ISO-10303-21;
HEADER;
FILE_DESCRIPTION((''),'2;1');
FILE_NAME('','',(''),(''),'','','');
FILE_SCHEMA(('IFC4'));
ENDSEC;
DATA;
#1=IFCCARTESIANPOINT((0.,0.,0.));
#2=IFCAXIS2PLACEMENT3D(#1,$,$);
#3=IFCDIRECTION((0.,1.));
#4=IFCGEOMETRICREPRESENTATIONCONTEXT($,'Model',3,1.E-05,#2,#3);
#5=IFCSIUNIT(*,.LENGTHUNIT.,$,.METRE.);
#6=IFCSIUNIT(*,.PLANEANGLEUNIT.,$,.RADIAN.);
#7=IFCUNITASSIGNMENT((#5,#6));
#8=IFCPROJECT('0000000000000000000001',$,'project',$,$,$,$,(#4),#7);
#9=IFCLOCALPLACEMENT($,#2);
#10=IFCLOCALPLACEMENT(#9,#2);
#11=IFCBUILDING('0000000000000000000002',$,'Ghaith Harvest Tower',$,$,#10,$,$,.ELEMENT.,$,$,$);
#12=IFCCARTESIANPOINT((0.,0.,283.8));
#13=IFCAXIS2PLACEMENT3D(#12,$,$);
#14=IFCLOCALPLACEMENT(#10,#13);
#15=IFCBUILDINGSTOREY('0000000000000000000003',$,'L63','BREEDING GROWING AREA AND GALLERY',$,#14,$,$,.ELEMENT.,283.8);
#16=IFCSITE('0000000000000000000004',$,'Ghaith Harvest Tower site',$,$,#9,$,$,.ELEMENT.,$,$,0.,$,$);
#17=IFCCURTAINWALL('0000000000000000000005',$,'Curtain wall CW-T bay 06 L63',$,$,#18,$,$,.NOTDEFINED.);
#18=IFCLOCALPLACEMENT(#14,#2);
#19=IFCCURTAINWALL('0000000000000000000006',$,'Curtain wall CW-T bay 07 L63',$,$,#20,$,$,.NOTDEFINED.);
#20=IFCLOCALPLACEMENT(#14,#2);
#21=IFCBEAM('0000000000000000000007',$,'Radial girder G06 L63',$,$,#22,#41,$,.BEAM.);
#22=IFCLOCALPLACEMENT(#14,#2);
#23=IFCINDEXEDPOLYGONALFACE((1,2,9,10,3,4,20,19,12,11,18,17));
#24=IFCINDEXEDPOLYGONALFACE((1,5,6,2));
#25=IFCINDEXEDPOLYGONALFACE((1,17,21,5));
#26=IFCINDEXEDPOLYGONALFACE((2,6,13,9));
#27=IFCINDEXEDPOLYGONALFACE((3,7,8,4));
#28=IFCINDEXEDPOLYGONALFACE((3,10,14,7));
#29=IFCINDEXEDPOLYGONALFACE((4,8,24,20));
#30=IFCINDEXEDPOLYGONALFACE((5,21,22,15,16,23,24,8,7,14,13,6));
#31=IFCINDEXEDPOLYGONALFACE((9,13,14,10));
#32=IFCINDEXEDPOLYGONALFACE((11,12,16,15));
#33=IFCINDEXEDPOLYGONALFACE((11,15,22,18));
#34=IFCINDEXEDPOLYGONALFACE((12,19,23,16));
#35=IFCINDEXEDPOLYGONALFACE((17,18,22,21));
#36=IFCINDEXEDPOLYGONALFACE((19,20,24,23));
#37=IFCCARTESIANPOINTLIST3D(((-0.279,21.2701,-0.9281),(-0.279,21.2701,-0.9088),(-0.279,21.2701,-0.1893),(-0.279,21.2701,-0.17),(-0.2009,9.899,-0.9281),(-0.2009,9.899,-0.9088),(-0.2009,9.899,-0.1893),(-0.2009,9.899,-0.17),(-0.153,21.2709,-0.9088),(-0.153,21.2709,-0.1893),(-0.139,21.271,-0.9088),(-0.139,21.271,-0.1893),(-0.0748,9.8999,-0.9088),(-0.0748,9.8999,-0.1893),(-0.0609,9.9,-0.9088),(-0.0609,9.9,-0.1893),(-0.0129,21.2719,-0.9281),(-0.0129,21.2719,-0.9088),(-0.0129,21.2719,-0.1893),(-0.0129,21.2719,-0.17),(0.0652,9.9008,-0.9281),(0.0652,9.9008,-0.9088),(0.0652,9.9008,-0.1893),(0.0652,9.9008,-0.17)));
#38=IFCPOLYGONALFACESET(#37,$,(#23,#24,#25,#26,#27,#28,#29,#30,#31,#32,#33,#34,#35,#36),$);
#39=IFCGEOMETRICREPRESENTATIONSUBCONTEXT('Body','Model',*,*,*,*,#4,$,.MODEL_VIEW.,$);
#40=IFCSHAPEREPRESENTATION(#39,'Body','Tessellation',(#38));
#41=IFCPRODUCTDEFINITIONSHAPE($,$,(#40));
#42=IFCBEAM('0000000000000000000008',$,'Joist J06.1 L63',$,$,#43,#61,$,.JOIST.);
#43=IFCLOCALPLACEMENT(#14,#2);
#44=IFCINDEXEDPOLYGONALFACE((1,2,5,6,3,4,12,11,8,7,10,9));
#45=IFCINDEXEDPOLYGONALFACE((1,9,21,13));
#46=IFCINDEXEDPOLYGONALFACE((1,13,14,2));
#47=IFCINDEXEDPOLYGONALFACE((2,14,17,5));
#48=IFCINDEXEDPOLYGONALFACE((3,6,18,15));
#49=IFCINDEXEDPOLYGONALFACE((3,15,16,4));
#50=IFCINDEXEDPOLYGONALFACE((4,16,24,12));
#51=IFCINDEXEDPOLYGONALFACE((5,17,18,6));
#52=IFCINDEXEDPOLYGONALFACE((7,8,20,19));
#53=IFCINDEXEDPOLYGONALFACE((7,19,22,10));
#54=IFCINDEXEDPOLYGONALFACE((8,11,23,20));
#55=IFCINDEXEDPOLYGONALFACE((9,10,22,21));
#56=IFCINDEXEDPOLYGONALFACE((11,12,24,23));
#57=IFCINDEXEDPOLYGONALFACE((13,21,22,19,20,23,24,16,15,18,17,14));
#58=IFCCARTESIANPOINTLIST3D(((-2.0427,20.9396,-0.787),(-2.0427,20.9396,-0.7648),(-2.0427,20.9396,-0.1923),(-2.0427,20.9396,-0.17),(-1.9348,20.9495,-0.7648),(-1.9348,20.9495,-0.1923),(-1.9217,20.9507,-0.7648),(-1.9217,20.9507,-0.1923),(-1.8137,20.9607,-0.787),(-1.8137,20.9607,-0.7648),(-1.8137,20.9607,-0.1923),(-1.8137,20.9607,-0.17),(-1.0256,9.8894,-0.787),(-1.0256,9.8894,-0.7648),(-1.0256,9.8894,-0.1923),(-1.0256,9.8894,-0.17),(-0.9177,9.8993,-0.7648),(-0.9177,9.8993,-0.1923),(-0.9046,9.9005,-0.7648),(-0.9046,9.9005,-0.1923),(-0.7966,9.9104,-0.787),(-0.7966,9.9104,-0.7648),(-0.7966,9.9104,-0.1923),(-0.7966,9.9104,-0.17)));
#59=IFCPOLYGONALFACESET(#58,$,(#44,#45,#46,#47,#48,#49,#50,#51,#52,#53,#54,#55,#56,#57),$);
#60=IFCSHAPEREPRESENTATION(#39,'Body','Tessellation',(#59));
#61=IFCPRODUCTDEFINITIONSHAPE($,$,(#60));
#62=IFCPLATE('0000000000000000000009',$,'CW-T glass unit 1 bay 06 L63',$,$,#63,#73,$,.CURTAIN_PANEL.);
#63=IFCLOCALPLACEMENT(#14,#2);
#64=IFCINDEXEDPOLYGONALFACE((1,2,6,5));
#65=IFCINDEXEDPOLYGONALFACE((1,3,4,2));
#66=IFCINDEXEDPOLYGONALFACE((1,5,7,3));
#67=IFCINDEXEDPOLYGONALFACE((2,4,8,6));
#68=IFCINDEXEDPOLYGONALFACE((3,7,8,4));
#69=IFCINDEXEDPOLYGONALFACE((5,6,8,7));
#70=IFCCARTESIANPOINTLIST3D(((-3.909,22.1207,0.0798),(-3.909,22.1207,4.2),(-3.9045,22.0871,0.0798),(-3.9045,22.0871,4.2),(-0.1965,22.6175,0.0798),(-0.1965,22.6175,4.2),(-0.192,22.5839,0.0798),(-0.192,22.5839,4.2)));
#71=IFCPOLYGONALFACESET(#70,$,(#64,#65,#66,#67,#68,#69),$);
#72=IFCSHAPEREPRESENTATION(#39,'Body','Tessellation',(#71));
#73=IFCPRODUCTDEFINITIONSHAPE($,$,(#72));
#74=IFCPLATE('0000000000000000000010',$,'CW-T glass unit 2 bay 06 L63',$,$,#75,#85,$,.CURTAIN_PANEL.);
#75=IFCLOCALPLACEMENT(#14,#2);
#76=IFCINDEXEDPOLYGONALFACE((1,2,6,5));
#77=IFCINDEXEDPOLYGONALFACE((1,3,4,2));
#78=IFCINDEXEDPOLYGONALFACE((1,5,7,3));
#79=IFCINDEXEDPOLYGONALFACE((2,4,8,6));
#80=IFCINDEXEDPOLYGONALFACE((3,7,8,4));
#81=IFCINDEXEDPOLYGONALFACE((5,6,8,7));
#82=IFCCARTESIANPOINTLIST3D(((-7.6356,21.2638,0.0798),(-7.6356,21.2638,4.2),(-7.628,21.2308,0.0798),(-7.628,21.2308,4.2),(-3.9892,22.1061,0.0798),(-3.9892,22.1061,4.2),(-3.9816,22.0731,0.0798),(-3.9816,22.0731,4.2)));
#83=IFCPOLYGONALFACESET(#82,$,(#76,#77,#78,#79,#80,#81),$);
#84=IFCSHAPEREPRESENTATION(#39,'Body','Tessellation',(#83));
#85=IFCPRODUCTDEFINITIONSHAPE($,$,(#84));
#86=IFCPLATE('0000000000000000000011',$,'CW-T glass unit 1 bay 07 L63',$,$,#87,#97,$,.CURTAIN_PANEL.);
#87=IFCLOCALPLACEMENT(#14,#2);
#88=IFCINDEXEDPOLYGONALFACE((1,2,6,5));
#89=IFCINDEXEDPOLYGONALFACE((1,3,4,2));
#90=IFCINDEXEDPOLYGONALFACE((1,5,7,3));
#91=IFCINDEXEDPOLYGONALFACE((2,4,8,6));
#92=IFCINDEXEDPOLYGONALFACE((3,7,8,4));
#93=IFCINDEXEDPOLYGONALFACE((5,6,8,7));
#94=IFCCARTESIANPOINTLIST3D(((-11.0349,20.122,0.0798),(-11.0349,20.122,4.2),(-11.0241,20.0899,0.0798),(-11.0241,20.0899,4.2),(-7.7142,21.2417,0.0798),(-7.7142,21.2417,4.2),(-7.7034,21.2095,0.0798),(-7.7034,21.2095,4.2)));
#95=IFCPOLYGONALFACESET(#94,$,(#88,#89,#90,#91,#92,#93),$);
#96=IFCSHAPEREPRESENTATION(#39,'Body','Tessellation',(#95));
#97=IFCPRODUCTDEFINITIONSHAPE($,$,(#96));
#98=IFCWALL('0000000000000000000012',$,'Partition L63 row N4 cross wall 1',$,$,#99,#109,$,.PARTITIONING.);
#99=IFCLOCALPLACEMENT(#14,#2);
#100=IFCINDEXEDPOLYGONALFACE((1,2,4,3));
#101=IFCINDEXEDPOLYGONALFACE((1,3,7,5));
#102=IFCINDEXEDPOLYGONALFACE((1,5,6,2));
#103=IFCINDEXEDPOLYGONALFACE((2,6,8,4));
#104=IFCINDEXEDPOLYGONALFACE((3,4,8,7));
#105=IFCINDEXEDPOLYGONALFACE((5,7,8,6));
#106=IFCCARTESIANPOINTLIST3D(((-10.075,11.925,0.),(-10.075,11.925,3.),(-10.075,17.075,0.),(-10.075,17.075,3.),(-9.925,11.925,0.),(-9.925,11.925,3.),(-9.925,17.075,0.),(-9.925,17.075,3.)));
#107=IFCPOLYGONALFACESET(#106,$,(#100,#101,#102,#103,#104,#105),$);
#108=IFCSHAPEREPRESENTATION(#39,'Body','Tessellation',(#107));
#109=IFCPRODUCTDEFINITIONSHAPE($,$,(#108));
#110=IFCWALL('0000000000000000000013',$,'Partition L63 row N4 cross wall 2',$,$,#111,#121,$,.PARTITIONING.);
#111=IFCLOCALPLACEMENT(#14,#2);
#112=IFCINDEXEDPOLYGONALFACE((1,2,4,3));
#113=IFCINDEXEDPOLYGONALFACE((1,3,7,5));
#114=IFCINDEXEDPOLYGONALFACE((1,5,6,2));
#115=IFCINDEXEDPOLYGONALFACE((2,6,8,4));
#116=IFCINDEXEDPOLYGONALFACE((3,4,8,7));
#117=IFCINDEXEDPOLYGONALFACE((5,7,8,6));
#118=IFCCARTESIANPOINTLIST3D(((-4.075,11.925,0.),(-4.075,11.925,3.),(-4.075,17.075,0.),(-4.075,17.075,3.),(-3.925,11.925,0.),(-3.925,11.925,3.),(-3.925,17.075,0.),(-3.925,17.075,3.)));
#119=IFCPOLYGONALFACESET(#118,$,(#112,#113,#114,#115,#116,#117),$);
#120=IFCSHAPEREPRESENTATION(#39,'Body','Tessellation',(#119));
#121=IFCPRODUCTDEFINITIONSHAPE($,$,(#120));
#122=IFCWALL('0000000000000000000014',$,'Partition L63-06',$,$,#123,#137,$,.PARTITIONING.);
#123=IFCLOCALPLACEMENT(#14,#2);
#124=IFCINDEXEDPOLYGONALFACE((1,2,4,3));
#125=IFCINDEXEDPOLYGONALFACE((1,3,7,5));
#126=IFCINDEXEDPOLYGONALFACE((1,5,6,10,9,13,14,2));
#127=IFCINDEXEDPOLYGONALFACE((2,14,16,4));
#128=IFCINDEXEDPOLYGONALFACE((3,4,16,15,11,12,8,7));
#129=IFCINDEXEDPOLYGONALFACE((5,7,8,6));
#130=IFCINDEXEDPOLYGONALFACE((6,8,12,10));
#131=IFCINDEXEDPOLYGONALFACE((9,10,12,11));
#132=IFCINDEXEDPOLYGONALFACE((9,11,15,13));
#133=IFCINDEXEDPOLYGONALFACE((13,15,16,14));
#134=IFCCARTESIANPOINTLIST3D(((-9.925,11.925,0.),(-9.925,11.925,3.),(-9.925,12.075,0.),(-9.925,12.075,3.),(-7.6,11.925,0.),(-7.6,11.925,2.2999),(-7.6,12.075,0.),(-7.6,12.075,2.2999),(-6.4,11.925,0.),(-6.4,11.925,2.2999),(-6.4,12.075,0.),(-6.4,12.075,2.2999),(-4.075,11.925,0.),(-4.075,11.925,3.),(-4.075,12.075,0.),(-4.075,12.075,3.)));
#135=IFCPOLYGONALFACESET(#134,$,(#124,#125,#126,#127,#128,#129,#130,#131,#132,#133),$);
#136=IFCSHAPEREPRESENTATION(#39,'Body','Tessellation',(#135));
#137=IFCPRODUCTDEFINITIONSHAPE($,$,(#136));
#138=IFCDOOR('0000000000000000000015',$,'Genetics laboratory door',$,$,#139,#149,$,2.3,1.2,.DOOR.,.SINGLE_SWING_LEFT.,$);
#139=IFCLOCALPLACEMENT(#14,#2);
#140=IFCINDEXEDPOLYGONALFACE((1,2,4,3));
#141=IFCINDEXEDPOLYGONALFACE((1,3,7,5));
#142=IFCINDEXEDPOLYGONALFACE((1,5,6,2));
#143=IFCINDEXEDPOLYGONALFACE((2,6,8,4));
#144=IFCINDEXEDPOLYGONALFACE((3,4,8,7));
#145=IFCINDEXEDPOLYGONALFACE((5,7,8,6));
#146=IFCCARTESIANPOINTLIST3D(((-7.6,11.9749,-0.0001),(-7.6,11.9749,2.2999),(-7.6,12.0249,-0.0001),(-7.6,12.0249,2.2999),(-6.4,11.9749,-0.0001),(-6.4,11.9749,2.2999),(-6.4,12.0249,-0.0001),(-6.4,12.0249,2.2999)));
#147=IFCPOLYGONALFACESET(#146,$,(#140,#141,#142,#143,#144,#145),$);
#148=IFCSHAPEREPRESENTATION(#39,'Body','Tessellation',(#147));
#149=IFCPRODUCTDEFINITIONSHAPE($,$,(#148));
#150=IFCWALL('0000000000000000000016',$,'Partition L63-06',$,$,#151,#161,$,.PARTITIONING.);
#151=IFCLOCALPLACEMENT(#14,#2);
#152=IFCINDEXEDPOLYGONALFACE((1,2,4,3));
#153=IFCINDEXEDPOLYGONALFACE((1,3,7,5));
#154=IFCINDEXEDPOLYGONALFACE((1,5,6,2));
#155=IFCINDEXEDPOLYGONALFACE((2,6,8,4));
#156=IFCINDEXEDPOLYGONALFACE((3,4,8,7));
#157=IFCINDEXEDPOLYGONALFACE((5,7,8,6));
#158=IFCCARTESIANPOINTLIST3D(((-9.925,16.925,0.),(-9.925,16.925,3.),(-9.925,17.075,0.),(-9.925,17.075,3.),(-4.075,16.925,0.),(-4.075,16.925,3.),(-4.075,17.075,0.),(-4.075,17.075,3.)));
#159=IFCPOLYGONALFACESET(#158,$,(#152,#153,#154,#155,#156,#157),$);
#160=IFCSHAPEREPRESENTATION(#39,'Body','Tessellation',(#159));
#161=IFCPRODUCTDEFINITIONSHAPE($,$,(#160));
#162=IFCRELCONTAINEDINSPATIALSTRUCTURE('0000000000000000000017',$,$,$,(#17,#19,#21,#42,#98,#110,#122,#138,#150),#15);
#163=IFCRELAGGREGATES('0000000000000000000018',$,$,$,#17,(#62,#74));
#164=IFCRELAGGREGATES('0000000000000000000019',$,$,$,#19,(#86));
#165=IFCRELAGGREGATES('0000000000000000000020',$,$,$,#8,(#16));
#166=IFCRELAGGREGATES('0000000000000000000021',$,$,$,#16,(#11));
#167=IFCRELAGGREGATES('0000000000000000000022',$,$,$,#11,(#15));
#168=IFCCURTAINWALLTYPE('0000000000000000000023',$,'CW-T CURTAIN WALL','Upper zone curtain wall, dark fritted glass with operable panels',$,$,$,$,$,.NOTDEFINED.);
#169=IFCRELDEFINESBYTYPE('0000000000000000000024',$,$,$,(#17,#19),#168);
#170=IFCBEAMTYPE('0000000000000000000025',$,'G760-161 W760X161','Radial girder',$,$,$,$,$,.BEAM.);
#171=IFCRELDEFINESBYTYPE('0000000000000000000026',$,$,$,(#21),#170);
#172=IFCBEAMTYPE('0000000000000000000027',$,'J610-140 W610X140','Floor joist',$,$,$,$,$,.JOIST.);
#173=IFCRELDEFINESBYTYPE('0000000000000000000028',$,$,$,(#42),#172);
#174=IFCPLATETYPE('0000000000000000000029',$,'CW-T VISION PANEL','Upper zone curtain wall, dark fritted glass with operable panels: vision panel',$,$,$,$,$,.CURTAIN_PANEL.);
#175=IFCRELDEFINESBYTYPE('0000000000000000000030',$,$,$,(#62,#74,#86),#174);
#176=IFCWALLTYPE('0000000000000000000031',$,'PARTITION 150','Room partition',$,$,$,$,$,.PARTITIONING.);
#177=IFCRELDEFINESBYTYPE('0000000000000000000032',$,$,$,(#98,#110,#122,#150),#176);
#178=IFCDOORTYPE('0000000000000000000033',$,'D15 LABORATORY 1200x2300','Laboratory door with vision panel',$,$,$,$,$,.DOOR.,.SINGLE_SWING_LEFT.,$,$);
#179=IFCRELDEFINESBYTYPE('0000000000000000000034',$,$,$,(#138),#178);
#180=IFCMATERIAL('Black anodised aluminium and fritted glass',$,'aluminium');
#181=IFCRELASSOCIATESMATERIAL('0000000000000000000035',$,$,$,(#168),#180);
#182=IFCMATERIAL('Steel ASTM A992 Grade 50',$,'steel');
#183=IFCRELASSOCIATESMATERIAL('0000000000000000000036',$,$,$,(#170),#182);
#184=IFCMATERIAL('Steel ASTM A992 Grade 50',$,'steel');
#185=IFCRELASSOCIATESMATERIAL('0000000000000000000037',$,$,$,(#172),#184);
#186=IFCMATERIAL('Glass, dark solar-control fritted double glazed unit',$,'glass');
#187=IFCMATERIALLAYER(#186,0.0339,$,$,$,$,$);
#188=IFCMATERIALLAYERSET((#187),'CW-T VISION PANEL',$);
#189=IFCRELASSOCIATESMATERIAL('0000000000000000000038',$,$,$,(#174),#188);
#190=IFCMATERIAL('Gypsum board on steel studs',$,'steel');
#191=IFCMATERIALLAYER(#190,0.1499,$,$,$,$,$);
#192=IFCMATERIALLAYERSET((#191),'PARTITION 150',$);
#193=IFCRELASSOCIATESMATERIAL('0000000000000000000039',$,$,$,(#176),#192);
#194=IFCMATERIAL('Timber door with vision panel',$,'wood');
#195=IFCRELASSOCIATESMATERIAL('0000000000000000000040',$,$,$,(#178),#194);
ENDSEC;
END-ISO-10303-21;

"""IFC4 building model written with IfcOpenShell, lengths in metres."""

from ifc_helpers import new_model, si_unit, direction, frame, frame_2d, origin, origin_2d, place, context, subcontext, project, spatial, rectangle, i_section, extrude, material, layer, layer_set, material_profile, profile_set, type_object, element, fill, aggregate, save


model = new_model("IFC4")

# Units and contexts
model_context = context("Model", 3, precision=1e-05, world=origin(), true_north=direction((0.0, 1.0)))
body_context = subcontext(model_context, "Body", "Model", "MODEL_VIEW")
ifc_project = project(units=[si_unit("LENGTHUNIT", "METRE"), si_unit("PLANEANGLEUNIT", "RADIAN")], contexts=[model_context])

# Site, building, storey
site_placement = place(None, origin())
site = spatial("IfcSite", under=ifc_project, at=site_placement, Name="Ghaith Harvest Tower site", CompositionType="ELEMENT", RefElevation=0.0)
building_placement = place(site_placement, origin())
building = spatial("IfcBuilding", under=site, at=building_placement, Name="Ghaith Harvest Tower", CompositionType="ELEMENT")
storey_placement = place(building_placement, frame((0.0, 0.0, 283.8)))
storey = spatial("IfcBuildingStorey", under=building, at=storey_placement, Name="L63", Description="BREEDING GROWING AREA AND GALLERY", CompositionType="ELEMENT", Elevation=283.8)

# Curtain walls
ifc_material_1 = material(Name="Black anodised aluminium and fritted glass", Category="aluminium")
curtain_wall_type = type_object("IfcCurtainWallType", Name="CW-T CURTAIN WALL", Description="Upper zone curtain wall, dark fritted glass with operable panels", PredefinedType="NOTDEFINED", material=ifc_material_1)
curtain_wall_1_placement = place(storey_placement, origin())
curtain_wall_1 = element("IfcCurtainWall", 1, at=curtain_wall_1_placement, inside=storey, type_object=curtain_wall_type, Name="Curtain wall CW-T bay 06 L63", PredefinedType="NOTDEFINED")
curtain_wall_2_placement = place(storey_placement, origin())
curtain_wall_2 = element("IfcCurtainWall", 2, at=curtain_wall_2_placement, inside=storey, type_object=curtain_wall_type, Name="Curtain wall CW-T bay 07 L63", PredefinedType="NOTDEFINED")

# Beams
ifc_material_2 = material(Name="Steel ASTM A992 Grade 50", Category="steel")
ifc_material_profile_1 = material_profile(ifc_material_2, i_section(OverallWidth=0.2661, OverallDepth=0.7581, WebThickness=0.0139, FlangeThickness=0.0193, at=origin_2d()), Name="W760X161")
ifc_profile_set_1 = profile_set([ifc_material_profile_1], Name="Steel ASTM A992 Grade 50")
beam_type_1 = type_object("IfcBeamType", Name="G760-161 W760X161", Description="Radial girder", PredefinedType="BEAM", material=ifc_profile_set_1)
beam_1_placement = place(storey_placement, frame((-0.0679, 9.8999, -0.5491), z_axis=(-0.00687, 0.999976, 0.0), x_axis=(-0.999976, -0.00687, 0.0)))
element("IfcBeam", 3, at=beam_1_placement, inside=storey, type_object=beam_type_1, Name="Radial girder G06 L63", PredefinedType="BEAM", context=body_context, shape_type="SweptSolid", body=[
    extrude(i_section(OverallWidth=0.2661, OverallDepth=0.7581, WebThickness=0.0139, FlangeThickness=0.0193, at=origin_2d()), origin(), (0.0, 0.0, 1.0), 11.3713),
])
ifc_material_3 = material(Name="Steel ASTM A992 Grade 50", Category="steel")
ifc_material_profile_2 = material_profile(ifc_material_3, i_section(OverallWidth=0.23, OverallDepth=0.6169, WebThickness=0.0132, FlangeThickness=0.0222, at=origin_2d()), Name="W610X140")
ifc_profile_set_2 = profile_set([ifc_material_profile_2], Name="Steel ASTM A992 Grade 50")
beam_type_2 = type_object("IfcBeamType", Name="J610-140 W610X140", Description="Floor joist", PredefinedType="JOIST", material=ifc_profile_set_2)
beam_2_placement = place(storey_placement, frame((-0.9111, 9.8999, -0.4785), z_axis=(-0.091654, 0.995791, 0.0), x_axis=(-0.995791, -0.091654, 0.0)))
element("IfcBeam", 4, at=beam_2_placement, inside=storey, type_object=beam_type_2, Name="Joist J06.1 L63", PredefinedType="JOIST", context=body_context, shape_type="SweptSolid", body=[
    extrude(i_section(OverallWidth=0.23, OverallDepth=0.6169, WebThickness=0.0132, FlangeThickness=0.0222, at=origin_2d()), origin(), (0.0, 0.0, 1.0), 11.0969),
])

# Plates
ifc_material_4 = material(Name="Glass, dark solar-control fritted double glazed unit", Category="glass")
ifc_layer_1 = layer(ifc_material_4, 0.0339)
ifc_layer_set_1 = layer_set([ifc_layer_1], Name="CW-T VISION PANEL")
plate_type = type_object("IfcPlateType", Name="CW-T VISION PANEL", Description="Upper zone curtain wall, dark fritted glass with operable panels: vision panel", PredefinedType="CURTAIN_PANEL", material=ifc_layer_set_1)
plate_1_placement = place(storey_placement, frame((-2.0505, 22.3523, 0.0798), z_axis=(0.0, 0.0, 1.0), x_axis=(-0.991165, -0.132633, 0.0)))
plate_1 = element("IfcPlate", 5, at=plate_1_placement, type_object=plate_type, Name="CW-T glass unit 1 bay 06 L63", PredefinedType="CURTAIN_PANEL", context=body_context, shape_type="SweptSolid", body=[
    extrude(rectangle(XDim=3.7456, YDim=0.0339, at=origin_2d()), origin(), (0.0, 0.0, 1.0), 4.1201),
])
plate_2_placement = place(storey_placement, frame((-5.8086, 21.6685, 0.0798), z_axis=(0.0, 0.0, 1.0), x_axis=(-0.974342, -0.225072, 0.0)))
plate_2 = element("IfcPlate", 6, at=plate_2_placement, type_object=plate_type, Name="CW-T glass unit 2 bay 06 L63", PredefinedType="CURTAIN_PANEL", context=body_context, shape_type="SweptSolid", body=[
    extrude(rectangle(XDim=3.7424, YDim=0.0339, at=origin_2d()), origin(), (0.0, 0.0, 1.0), 4.1201),
])
aggregate(curtain_wall_1, [plate_1, plate_2])
plate_3_placement = place(storey_placement, frame((-9.3691, 20.6658, 0.0798), z_axis=(0.0, 0.0, 1.0), x_axis=(-0.947586, -0.3195, 0.0)))
plate_3 = element("IfcPlate", 7, at=plate_3_placement, type_object=plate_type, Name="CW-T glass unit 1 bay 07 L63", PredefinedType="CURTAIN_PANEL", context=body_context, shape_type="SweptSolid", body=[
    extrude(rectangle(XDim=3.5044, YDim=0.0339, at=origin_2d()), origin(), (0.0, 0.0, 1.0), 4.1201),
])
aggregate(curtain_wall_2, [plate_3])

# Walls
ifc_material_5 = material(Name="Gypsum board on steel studs", Category="steel")
ifc_layer_2 = layer(ifc_material_5, 0.1499)
ifc_layer_set_2 = layer_set([ifc_layer_2], Name="PARTITION 150")
wall_type = type_object("IfcWallType", Name="PARTITION 150", Description="Room partition", PredefinedType="PARTITIONING", material=ifc_layer_set_2)
for number, where, z_axis, x_axis, name in (
    (8, (-10.0, 11.925, 0.0), (0.0, 0.0, 1.0), (0.0, 1.0, 0.0), "Partition L63 row N4 cross wall 1"),
    (9, (-4.0, 11.925, 0.0), (0.0, 0.0, 1.0), (0.0, 1.0, 0.0), "Partition L63 row N4 cross wall 2"),
):
    element("IfcWall", number, at=place(storey_placement, frame(where, z_axis=z_axis, x_axis=x_axis)), inside=storey, type_object=wall_type, Name=name, PredefinedType="PARTITIONING", context=body_context, shape_type="SweptSolid", body=[
        extrude(rectangle(XDim=5.1499, YDim=0.1499, at=frame_2d((2.575, 0.0))), origin(), (0.0, 0.0, 1.0), 3.0),
    ])

# Wall, opening, door
wall_1_placement = place(storey_placement, frame((-9.925, 12.0, 0.0), z_axis=(0.0, 0.0, 1.0), x_axis=(1.0, 0.0, 0.0)))
wall_1 = element("IfcWall", 10, at=wall_1_placement, inside=storey, type_object=wall_type, Name="Partition L63-06", PredefinedType="PARTITIONING", context=body_context, shape_type="SweptSolid", body=[
    extrude(rectangle(XDim=5.8501, YDim=0.1499, at=frame_2d((2.925, 0.0))), origin(), (0.0, 0.0, 1.0), 3.0),
])
opening_1_placement = place(wall_1_placement, frame((2.325, 0.0, 0.0)))
opening_1 = element("IfcOpeningElement", 11, at=opening_1_placement, cuts=wall_1, PredefinedType="OPENING", context=body_context, shape_type="SweptSolid", body=[
    extrude(rectangle(XDim=1.2, YDim=2.3, at=frame_2d((0.6001, 1.1499))), frame((0.0, 0.085, 0.0), z_axis=(0.0, -1.0, 0.0), x_axis=(1.0, 0.0, 0.0)), (0.0, 0.0, 1.0), 0.1699),
])
ifc_material_6 = material(Name="Timber door with vision panel", Category="wood")
door_type_1 = type_object("IfcDoorType", Name="D15 LABORATORY 1200x2300", Description="Laboratory door with vision panel", OperationType="SINGLE_SWING_LEFT", PredefinedType="DOOR", material=ifc_material_6)
door_1_placement = place(opening_1_placement, origin())
door_1 = element("IfcDoor", 12, at=door_1_placement, inside=storey, type_object=door_type_1, Name="Genetics laboratory door", OperationType="SINGLE_SWING_LEFT", OverallHeight=2.3, OverallWidth=1.2, PredefinedType="DOOR", context=body_context, shape_type="SweptSolid", body=[
    extrude(rectangle(XDim=1.2, YDim=2.3, at=frame_2d((0.6001, 1.1499))), frame((0.0, 0.0249, 0.0), z_axis=(0.0, -1.0, 0.0), x_axis=(1.0, 0.0, 0.0)), (0.0, 0.0, 1.0), 0.05),
])
fill(opening_1, door_1)

# Wall
wall_2_placement = place(storey_placement, frame((-9.925, 17.0, 0.0), z_axis=(0.0, 0.0, 1.0), x_axis=(1.0, 0.0, 0.0)))
element("IfcWall", 13, at=wall_2_placement, inside=storey, type_object=wall_type, Name="Partition L63-06", PredefinedType="PARTITIONING", context=body_context, shape_type="SweptSolid", body=[
    extrude(rectangle(XDim=5.8501, YDim=0.1499, at=frame_2d((2.925, 0.0))), origin(), (0.0, 0.0, 1.0), 3.0),
])

save(model, "model.ifc")
